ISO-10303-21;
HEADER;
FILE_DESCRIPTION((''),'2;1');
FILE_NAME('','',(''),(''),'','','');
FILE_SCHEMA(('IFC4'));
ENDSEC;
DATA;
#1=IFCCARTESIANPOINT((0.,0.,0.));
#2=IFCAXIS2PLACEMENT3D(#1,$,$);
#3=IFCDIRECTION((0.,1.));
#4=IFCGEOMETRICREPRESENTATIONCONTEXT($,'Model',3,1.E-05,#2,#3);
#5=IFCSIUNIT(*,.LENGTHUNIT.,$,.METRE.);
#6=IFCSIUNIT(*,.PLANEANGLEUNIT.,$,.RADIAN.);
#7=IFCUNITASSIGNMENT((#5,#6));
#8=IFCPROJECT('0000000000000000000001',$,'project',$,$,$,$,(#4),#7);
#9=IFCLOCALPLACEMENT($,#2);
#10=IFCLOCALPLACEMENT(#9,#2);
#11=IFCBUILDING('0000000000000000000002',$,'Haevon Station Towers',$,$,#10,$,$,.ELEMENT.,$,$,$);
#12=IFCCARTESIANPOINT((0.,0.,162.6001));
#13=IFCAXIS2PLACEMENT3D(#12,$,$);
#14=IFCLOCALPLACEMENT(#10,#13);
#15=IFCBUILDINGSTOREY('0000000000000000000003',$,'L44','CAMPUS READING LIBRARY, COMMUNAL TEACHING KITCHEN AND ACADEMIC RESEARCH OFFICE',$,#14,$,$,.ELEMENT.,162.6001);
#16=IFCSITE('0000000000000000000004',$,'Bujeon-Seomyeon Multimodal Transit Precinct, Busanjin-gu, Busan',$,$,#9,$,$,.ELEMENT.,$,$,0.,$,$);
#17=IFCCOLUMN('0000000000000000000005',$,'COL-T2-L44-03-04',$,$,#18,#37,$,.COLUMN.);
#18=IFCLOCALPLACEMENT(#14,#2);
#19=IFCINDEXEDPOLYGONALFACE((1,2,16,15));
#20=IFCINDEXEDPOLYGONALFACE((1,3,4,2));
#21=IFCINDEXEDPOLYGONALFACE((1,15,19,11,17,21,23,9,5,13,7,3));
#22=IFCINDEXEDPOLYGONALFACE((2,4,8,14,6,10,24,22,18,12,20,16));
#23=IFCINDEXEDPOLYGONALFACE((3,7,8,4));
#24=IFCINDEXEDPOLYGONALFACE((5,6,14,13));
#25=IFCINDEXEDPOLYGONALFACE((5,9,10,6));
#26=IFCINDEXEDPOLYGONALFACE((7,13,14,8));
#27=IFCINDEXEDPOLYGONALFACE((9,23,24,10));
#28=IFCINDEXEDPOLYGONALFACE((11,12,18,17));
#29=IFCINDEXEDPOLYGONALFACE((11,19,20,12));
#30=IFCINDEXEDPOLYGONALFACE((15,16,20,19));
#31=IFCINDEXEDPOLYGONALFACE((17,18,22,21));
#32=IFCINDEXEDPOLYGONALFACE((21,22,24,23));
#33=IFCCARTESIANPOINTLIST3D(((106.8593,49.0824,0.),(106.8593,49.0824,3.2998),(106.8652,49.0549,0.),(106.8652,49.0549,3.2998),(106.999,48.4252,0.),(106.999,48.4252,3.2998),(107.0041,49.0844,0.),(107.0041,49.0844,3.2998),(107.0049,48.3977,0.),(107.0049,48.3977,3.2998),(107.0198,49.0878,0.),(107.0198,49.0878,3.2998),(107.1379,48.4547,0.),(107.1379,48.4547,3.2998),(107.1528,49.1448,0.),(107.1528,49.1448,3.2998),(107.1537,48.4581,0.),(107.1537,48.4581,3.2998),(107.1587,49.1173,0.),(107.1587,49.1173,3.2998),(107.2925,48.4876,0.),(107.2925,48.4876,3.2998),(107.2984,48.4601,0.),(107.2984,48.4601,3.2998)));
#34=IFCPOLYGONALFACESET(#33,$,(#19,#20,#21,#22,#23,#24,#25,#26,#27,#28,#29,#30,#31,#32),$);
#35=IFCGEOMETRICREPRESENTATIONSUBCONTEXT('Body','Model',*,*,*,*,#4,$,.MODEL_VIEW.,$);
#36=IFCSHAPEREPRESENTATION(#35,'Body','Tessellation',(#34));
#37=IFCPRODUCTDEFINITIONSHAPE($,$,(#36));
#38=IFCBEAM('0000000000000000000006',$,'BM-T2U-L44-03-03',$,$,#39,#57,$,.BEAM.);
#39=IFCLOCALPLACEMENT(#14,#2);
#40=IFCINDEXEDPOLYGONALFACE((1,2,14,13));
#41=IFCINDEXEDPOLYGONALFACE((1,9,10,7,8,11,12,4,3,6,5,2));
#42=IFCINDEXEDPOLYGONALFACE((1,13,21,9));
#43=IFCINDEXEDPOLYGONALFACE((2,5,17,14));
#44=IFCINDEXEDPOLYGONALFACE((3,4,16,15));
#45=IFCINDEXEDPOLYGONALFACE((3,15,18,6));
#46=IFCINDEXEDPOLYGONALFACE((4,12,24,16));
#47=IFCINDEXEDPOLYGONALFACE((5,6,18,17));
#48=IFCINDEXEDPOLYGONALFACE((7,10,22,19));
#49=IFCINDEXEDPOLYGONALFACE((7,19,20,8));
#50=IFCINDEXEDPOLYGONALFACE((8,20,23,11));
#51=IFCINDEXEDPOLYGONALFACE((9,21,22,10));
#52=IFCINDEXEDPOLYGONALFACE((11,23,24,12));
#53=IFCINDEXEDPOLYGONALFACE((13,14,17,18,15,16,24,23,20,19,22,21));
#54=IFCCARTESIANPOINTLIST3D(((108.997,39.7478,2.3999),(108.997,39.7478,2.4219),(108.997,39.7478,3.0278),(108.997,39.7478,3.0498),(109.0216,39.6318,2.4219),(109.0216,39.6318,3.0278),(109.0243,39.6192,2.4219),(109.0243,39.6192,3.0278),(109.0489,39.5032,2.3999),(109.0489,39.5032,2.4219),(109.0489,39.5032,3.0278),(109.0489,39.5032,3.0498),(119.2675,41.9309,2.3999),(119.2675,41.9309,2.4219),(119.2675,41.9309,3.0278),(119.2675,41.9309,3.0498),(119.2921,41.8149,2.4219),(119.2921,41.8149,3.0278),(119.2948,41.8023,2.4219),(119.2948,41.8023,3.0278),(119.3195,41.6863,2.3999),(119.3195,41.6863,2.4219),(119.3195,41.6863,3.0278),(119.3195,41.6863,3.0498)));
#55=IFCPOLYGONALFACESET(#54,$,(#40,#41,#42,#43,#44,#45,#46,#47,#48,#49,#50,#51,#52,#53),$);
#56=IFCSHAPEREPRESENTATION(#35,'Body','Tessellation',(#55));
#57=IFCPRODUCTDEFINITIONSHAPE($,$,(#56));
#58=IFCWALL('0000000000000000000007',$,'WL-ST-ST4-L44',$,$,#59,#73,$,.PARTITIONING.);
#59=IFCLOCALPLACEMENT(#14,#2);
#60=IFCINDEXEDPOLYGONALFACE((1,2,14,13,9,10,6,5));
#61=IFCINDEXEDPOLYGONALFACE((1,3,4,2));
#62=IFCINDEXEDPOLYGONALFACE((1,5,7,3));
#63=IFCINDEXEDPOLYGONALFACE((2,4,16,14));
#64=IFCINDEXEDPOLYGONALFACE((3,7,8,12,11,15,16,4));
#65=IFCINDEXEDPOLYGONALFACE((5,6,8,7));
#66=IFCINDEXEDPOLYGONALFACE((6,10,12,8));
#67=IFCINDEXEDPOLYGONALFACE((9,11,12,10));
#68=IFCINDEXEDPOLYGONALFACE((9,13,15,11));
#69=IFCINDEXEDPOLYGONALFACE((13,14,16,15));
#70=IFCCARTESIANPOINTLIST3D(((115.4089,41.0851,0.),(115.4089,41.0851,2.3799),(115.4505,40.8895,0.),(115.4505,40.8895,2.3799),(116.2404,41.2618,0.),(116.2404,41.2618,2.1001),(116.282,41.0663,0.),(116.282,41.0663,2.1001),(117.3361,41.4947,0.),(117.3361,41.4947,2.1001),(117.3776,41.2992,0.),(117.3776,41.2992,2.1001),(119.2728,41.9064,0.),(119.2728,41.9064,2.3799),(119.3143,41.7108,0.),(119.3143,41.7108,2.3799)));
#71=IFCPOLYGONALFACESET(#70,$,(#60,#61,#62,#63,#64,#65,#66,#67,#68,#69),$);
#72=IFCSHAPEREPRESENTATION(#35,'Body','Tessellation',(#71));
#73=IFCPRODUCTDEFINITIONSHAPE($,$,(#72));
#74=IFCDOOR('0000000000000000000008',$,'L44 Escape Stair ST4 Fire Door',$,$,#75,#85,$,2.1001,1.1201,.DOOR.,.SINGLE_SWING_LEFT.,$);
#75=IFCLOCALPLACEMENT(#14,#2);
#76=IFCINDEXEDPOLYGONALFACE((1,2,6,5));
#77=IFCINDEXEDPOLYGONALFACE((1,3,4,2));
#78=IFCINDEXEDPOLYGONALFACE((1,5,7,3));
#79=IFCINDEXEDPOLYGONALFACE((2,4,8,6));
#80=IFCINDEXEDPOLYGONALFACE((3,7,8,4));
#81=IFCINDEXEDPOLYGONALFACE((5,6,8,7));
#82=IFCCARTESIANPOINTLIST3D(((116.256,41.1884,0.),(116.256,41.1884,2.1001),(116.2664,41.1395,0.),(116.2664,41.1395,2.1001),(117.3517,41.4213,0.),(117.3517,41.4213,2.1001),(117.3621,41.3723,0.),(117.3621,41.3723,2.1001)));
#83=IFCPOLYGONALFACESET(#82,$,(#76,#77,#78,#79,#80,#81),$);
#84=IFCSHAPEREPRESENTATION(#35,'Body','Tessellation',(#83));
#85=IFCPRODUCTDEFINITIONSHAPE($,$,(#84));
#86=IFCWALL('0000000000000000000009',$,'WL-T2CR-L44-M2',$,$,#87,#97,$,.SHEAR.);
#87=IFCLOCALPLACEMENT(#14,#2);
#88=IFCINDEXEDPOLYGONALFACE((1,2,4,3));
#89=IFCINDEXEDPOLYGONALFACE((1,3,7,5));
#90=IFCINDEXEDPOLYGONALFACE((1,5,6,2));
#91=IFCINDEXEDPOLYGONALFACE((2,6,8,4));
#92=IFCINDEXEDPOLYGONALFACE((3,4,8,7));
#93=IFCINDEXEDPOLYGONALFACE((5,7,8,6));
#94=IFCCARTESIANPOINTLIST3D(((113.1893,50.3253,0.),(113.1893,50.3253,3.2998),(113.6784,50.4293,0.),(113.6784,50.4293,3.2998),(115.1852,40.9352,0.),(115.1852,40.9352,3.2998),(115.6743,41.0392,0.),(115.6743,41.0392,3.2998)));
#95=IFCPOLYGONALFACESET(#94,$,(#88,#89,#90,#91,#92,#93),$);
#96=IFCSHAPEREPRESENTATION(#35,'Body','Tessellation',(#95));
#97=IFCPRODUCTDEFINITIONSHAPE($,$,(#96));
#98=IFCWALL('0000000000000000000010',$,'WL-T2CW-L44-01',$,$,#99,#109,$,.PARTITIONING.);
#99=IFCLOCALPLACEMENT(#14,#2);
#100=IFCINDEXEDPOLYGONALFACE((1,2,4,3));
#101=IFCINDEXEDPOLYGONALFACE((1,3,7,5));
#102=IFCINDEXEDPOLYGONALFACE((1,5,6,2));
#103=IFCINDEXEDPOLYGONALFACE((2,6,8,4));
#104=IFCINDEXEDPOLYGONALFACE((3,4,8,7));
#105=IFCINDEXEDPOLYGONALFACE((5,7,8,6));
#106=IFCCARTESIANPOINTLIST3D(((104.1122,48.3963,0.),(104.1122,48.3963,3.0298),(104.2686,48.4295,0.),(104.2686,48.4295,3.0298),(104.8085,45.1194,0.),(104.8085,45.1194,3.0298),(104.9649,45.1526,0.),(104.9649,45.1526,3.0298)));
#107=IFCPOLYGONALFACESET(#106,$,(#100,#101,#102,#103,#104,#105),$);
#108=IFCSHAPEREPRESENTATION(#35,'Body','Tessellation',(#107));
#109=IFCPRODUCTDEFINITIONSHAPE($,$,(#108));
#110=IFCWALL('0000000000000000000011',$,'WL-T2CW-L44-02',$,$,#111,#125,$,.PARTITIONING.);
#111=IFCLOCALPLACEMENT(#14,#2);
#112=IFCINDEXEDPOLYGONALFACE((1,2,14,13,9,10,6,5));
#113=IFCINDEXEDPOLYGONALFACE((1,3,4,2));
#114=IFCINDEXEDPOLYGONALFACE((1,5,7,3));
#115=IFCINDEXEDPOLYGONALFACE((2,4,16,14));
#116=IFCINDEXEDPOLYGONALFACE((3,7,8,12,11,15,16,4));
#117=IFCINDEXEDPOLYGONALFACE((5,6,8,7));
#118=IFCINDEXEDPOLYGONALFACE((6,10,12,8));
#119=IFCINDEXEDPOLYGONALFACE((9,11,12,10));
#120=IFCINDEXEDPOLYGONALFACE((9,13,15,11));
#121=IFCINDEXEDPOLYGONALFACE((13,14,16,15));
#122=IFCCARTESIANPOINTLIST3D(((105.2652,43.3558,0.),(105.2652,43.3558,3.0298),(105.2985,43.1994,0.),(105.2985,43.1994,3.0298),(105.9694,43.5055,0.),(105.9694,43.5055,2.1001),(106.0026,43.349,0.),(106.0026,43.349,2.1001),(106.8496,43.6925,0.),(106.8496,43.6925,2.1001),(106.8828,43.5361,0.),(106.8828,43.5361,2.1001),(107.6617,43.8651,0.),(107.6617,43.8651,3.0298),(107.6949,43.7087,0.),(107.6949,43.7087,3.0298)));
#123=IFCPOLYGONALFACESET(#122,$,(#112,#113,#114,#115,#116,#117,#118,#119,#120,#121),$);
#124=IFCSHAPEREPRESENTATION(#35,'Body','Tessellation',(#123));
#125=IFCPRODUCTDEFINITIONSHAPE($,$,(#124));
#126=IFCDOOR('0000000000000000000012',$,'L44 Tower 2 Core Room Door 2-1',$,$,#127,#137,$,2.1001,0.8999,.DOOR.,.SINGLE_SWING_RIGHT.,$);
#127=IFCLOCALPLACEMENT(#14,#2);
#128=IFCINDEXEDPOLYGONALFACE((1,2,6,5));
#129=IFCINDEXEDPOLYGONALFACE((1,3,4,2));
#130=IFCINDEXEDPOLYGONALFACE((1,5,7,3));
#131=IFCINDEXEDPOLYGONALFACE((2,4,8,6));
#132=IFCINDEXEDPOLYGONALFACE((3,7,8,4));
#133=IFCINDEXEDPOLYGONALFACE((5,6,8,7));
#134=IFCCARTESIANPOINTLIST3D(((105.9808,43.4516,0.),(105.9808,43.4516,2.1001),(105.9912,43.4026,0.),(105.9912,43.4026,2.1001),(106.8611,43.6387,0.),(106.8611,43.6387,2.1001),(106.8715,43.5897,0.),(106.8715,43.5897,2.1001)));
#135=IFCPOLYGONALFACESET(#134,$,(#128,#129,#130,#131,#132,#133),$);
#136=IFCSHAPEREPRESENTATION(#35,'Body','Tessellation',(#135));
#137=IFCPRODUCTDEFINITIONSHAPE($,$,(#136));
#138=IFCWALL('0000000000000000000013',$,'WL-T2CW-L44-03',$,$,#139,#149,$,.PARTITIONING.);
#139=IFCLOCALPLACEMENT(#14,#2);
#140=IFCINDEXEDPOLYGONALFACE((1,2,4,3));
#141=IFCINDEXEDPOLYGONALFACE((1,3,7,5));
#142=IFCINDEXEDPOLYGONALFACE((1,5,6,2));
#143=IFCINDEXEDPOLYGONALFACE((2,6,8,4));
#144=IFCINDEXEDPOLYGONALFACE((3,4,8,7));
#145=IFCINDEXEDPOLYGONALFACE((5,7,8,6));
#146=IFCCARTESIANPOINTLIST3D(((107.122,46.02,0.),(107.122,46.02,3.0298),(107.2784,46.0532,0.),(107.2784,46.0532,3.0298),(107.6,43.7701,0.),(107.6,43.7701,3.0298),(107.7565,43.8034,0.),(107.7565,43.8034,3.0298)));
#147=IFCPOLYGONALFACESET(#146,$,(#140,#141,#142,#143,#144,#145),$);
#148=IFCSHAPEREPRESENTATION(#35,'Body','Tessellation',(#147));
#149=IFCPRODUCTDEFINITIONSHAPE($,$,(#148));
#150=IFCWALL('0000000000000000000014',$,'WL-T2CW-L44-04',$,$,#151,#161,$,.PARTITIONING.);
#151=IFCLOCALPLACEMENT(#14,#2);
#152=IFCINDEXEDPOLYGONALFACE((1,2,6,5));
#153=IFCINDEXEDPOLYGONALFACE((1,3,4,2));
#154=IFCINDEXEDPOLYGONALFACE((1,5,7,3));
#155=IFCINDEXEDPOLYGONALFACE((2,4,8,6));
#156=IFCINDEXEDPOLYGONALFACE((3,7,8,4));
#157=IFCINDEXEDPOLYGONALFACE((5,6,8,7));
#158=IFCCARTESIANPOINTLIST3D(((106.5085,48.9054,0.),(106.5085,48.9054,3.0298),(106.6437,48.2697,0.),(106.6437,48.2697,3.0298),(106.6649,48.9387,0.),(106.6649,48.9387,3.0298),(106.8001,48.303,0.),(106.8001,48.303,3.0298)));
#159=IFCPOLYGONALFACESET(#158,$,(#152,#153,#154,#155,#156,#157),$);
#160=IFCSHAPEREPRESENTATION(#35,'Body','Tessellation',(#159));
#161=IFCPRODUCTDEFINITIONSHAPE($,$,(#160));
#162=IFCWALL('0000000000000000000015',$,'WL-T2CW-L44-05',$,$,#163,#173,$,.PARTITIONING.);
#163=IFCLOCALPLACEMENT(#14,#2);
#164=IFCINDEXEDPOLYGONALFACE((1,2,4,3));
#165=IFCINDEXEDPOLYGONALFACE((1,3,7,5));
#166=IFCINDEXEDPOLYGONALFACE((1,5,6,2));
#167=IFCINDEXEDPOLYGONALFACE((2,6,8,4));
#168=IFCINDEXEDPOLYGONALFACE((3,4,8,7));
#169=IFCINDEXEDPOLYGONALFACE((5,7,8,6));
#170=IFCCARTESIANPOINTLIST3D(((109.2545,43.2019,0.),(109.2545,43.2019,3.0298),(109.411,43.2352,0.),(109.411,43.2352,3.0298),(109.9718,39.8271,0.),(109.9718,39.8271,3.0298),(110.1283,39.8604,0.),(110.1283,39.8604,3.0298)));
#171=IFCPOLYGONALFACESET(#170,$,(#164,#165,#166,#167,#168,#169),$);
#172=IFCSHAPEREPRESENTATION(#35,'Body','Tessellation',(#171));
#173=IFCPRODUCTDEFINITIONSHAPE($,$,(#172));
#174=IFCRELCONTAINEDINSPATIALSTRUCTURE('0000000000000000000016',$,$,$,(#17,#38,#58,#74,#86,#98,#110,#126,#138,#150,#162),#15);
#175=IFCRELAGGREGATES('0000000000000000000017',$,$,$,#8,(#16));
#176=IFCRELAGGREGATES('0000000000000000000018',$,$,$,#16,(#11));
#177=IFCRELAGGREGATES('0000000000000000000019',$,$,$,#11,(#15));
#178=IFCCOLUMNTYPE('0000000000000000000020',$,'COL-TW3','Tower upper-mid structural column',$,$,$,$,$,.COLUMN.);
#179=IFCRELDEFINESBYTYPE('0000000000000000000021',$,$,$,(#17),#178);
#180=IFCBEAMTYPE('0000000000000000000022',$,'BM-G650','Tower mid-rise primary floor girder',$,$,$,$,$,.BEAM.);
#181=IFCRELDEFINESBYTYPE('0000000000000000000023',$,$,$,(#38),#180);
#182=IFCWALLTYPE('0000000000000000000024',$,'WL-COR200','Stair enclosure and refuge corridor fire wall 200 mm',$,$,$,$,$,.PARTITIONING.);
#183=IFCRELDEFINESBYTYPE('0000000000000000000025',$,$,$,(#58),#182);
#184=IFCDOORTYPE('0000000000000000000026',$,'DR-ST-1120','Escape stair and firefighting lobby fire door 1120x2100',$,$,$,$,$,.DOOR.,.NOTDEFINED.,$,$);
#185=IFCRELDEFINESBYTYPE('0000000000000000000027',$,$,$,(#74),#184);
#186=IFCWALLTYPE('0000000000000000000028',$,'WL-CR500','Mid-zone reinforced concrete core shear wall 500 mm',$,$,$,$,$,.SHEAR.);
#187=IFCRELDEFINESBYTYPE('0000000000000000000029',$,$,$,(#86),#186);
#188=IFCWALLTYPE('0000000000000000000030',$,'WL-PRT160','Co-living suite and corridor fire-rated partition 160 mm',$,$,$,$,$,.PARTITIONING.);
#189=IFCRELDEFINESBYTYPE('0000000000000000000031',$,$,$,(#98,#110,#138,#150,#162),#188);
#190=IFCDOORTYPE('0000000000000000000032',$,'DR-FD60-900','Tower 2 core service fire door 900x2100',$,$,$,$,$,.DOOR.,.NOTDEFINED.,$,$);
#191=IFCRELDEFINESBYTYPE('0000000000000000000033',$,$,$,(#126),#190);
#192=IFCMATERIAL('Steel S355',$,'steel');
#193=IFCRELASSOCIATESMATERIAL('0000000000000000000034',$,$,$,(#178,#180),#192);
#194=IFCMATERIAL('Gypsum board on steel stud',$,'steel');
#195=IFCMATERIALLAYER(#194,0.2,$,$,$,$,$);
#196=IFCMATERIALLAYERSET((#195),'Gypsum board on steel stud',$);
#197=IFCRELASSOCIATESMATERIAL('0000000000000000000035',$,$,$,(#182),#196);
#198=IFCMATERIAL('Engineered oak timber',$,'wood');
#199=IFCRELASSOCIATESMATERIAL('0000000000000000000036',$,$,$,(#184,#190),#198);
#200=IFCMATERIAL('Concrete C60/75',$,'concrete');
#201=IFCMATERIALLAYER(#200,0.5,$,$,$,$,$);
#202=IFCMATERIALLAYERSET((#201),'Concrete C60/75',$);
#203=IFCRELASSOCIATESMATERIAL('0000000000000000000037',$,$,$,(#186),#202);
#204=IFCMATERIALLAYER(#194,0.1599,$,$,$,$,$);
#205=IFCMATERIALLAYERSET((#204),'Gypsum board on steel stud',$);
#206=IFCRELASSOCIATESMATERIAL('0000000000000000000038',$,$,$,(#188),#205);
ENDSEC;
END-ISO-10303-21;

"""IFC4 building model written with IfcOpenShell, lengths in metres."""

from ifc_helpers import new_model, si_unit, direction, frame, frame_2d, origin, origin_2d, place, context, subcontext, project, spatial, rectangle, i_section, extrude, material, layer, layer_set, material_profile, profile_set, type_object, element, fill, save


model = new_model("IFC4")

# Units and contexts
model_context = context("Model", 3, precision=1e-05, world=origin(), true_north=direction((0.0, 1.0)))
body_context = subcontext(model_context, "Body", "Model", "MODEL_VIEW")
ifc_project = project(units=[si_unit("LENGTHUNIT", "METRE"), si_unit("PLANEANGLEUNIT", "RADIAN")], contexts=[model_context])

# Site, building, storey
site_placement = place(None, origin())
site = spatial("IfcSite", under=ifc_project, at=site_placement, Name="Bujeon-Seomyeon Multimodal Transit Precinct, Busanjin-gu, Busan", CompositionType="ELEMENT", RefElevation=0.0)
building_placement = place(site_placement, origin())
building = spatial("IfcBuilding", under=site, at=building_placement, Name="Haevon Station Towers", CompositionType="ELEMENT")
storey_placement = place(building_placement, frame((0.0, 0.0, 162.6001)))
storey = spatial("IfcBuildingStorey", under=building, at=storey_placement, Name="L44", Description="CAMPUS READING LIBRARY, COMMUNAL TEACHING KITCHEN AND ACADEMIC RESEARCH OFFICE", CompositionType="ELEMENT", Elevation=162.6001)

# Column
ifc_material_1 = material(Name="Steel S355", Category="steel")
ifc_material_profile_1 = material_profile(ifc_material_1, i_section(OverallWidth=0.3, OverallDepth=0.7, WebThickness=0.0161, FlangeThickness=0.0281, at=origin_2d()), Name="H-700x300x16x28")
ifc_profile_set_1 = profile_set([ifc_material_profile_1], Name="Steel S355")
column_type = type_object("IfcColumnType", Name="COL-TW3", Description="Tower upper-mid structural column", PredefinedType="COLUMN", material=ifc_profile_set_1)
column_placement = place(storey_placement, frame((107.0789, 48.7712, 0.0), z_axis=(0.0, 0.0, 1.0), x_axis=(0.978148, 0.207912, 0.0)))
element("IfcColumn", 1, at=column_placement, inside=storey, type_object=column_type, Name="COL-T2-L44-03-04", PredefinedType="COLUMN", context=body_context, shape_type="SweptSolid", body=[
    extrude(i_section(OverallWidth=0.3, OverallDepth=0.7, WebThickness=0.0161, FlangeThickness=0.0281, at=origin_2d()), origin(), (0.0, 0.0, 1.0), 3.2998),
])

# Beam
ifc_material_profile_2 = material_profile(ifc_material_1, i_section(OverallWidth=0.25, OverallDepth=0.6499, WebThickness=0.0129, FlangeThickness=0.022, at=origin_2d()), Name="H-650x250x13x22")
ifc_profile_set_2 = profile_set([ifc_material_profile_2], Name="Steel S355")
beam_type = type_object("IfcBeamType", Name="BM-G650", Description="Tower mid-rise primary floor girder", PredefinedType="BEAM", material=ifc_profile_set_2)
beam_placement = place(storey_placement, frame((109.0229, 39.6255, 2.7249), z_axis=(0.978147, 0.207915, 0.0), x_axis=(-0.207915, 0.978147, 0.0)))
element("IfcBeam", 2, at=beam_placement, inside=storey, type_object=beam_type, Name="BM-T2U-L44-03-03", PredefinedType="BEAM", context=body_context, shape_type="SweptSolid", body=[
    extrude(i_section(OverallWidth=0.25, OverallDepth=0.6499, WebThickness=0.0129, FlangeThickness=0.022, at=origin_2d()), origin(), (0.0, 0.0, 1.0), 10.5),
])

# Wall, opening, door
ifc_material_2 = material(Name="Gypsum board on steel stud", Category="steel")
ifc_layer_1 = layer(ifc_material_2, 0.2)
ifc_layer_set_1 = layer_set([ifc_layer_1], Name="Gypsum board on steel stud")
wall_type_1 = type_object("IfcWallType", Name="WL-COR200", Description="Stair enclosure and refuge corridor fire wall 200 mm", PredefinedType="PARTITIONING", material=ifc_layer_set_1)
wall_1_placement = place(storey_placement, frame((115.4297, 40.9873, 0.0), z_axis=(0.0, 0.0, 1.0), x_axis=(0.978147, 0.207916, 0.0)))
wall_1 = element("IfcWall", 3, at=wall_1_placement, inside=storey, type_object=wall_type_1, Name="WL-ST-ST4-L44", PredefinedType="PARTITIONING", context=body_context, shape_type="SweptSolid", body=[
    extrude(rectangle(XDim=3.9502, YDim=0.2, at=frame_2d((1.9751, 0.0))), origin(), (0.0, 0.0, 1.0), 2.3799),
])
opening_1_placement = place(wall_1_placement, frame((0.8501, 0.0, 0.0)))
opening_1 = element("IfcOpeningElement", 4, at=opening_1_placement, cuts=wall_1, PredefinedType="OPENING", context=body_context, shape_type="SweptSolid", body=[
    extrude(rectangle(XDim=1.1201, YDim=2.1001, at=frame_2d((0.5601, 1.05))), frame((0.0, 0.1099, 0.0), z_axis=(0.0, -1.0, 0.0), x_axis=(1.0, 0.0, 0.0)), (0.0, 0.0, 1.0), 0.22),
])
ifc_material_3 = material(Name="Engineered oak timber", Category="wood")
door_type_1 = type_object("IfcDoorType", Name="DR-ST-1120", Description="Escape stair and firefighting lobby fire door 1120x2100", OperationType="NOTDEFINED", PredefinedType="DOOR", material=ifc_material_3)
door_1_placement = place(opening_1_placement, origin())
door_1 = element("IfcDoor", 5, at=door_1_placement, inside=storey, type_object=door_type_1, Name="L44 Escape Stair ST4 Fire Door", OperationType="SINGLE_SWING_LEFT", OverallHeight=2.1001, OverallWidth=1.1201, PredefinedType="DOOR", context=body_context, shape_type="SweptSolid", body=[
    extrude(rectangle(XDim=1.1201, YDim=2.1001, at=frame_2d((0.5601, 1.05))), frame((0.0, 0.0249, 0.0), z_axis=(0.0, -1.0, 0.0), x_axis=(1.0, 0.0, 0.0)), (0.0, 0.0, 1.0), 0.05),
])
fill(opening_1, door_1)

# Walls
ifc_material_4 = material(Name="Concrete C60/75", Category="concrete")
ifc_layer_2 = layer(ifc_material_4, 0.5)
ifc_layer_set_2 = layer_set([ifc_layer_2], Name="Concrete C60/75")
wall_type_2 = type_object("IfcWallType", Name="WL-CR500", Description="Mid-zone reinforced concrete core shear wall 500 mm", PredefinedType="SHEAR", material=ifc_layer_set_2)
wall_2_placement = place(storey_placement, frame((115.4297, 40.9873, 0.0), z_axis=(0.0, 0.0, 1.0), x_axis=(-0.207903, 0.978149, 0.0)))
element("IfcWall", 6, at=wall_2_placement, inside=storey, type_object=wall_type_2, Name="WL-T2CR-L44-M2", PredefinedType="SHEAR", context=body_context, shape_type="SweptSolid", body=[
    extrude(rectangle(XDim=9.5999, YDim=0.5, at=frame_2d((4.7998, 0.0))), origin(), (0.0, 0.0, 1.0), 3.2998),
])
ifc_layer_3 = layer(ifc_material_2, 0.1599)
ifc_layer_set_3 = layer_set([ifc_layer_3], Name="Gypsum board on steel stud")
wall_type_3 = type_object("IfcWallType", Name="WL-PRT160", Description="Co-living suite and corridor fire-rated partition 160 mm", PredefinedType="PARTITIONING", material=ifc_layer_set_3)
wall_3_placement = place(storey_placement, frame((104.8867, 45.136, 0.0), z_axis=(0.0, 0.0, 1.0), x_axis=(-0.207847, 0.978161, 0.0)))
element("IfcWall", 7, at=wall_3_placement, inside=storey, type_object=wall_type_3, Name="WL-T2CW-L44-01", PredefinedType="PARTITIONING", context=body_context, shape_type="SweptSolid", body=[
    extrude(rectangle(XDim=3.3501, YDim=0.1599, at=frame_2d((1.675, 0.0))), origin(), (0.0, 0.0, 1.0), 3.0298),
])

# Wall, opening, door
wall_4_placement = place(storey_placement, frame((105.2817, 43.2776, 0.0), z_axis=(0.0, 0.0, 1.0), x_axis=(0.978157, 0.207868, 0.0)))
wall_4 = element("IfcWall", 8, at=wall_4_placement, inside=storey, type_object=wall_type_3, Name="WL-T2CW-L44-02", PredefinedType="PARTITIONING", context=body_context, shape_type="SweptSolid", body=[
    extrude(rectangle(XDim=2.45, YDim=0.1599, at=frame_2d((1.2251, 0.0))), origin(), (0.0, 0.0, 1.0), 3.0298),
])
opening_2_placement = place(wall_4_placement, frame((0.72, 0.0, 0.0)))
opening_2 = element("IfcOpeningElement", 9, at=opening_2_placement, cuts=wall_4, PredefinedType="OPENING", context=body_context, shape_type="SweptSolid", body=[
    extrude(rectangle(XDim=0.8999, YDim=2.1001, at=frame_2d((0.45, 1.05))), frame((0.0, 0.0898, 0.0), z_axis=(0.0, -1.0, 0.0), x_axis=(1.0, 0.0, 0.0)), (0.0, 0.0, 1.0), 0.1799),
])
door_type_2 = type_object("IfcDoorType", Name="DR-FD60-900", Description="Tower 2 core service fire door 900x2100", OperationType="NOTDEFINED", PredefinedType="DOOR", material=ifc_material_3)
door_2_placement = place(opening_2_placement, origin())
door_2 = element("IfcDoor", 10, at=door_2_placement, inside=storey, type_object=door_type_2, Name="L44 Tower 2 Core Room Door 2-1", OperationType="SINGLE_SWING_RIGHT", OverallHeight=2.1001, OverallWidth=0.8999, PredefinedType="DOOR", context=body_context, shape_type="SweptSolid", body=[
    extrude(rectangle(XDim=0.8999, YDim=2.1001, at=frame_2d((0.45, 1.05))), frame((0.0, 0.0249, 0.0), z_axis=(0.0, -1.0, 0.0), x_axis=(1.0, 0.0, 0.0)), (0.0, 0.0, 1.0), 0.05),
])
fill(opening_2, door_2)

# Walls
wall_5_placement = place(storey_placement, frame((107.6782, 43.7869, 0.0), z_axis=(0.0, 0.0, 1.0), x_axis=(-0.20784, 0.978163, 0.0)))
element("IfcWall", 11, at=wall_5_placement, inside=storey, type_object=wall_type_3, Name="WL-T2CW-L44-03", PredefinedType="PARTITIONING", context=body_context, shape_type="SweptSolid", body=[
    extrude(rectangle(XDim=2.3, YDim=0.1599, at=frame_2d((1.1499, 0.0))), origin(), (0.0, 0.0, 1.0), 3.0298),
])
wall_6_placement = place(storey_placement, frame((106.7219, 48.2864, 0.0), z_axis=(0.0, 0.0, 1.0), x_axis=(-0.208092, 0.978109, 0.0)))
element("IfcWall", 12, at=wall_6_placement, inside=storey, type_object=wall_type_3, Name="WL-T2CW-L44-04", PredefinedType="PARTITIONING", context=body_context, shape_type="SweptSolid", body=[
    extrude(rectangle(XDim=0.6499, YDim=0.1599, at=frame_2d((0.325, 0.0))), origin(), (0.0, 0.0, 1.0), 3.0298),
])
for number, where, z_axis, x_axis, name in (
    (13, (110.05, 39.8438, 0.0), (0.0, 0.0, 1.0), (-0.2079, 0.97815, 0.0), "WL-T2CW-L44-05"),
):
    element("IfcWall", number, at=place(storey_placement, frame(where, z_axis=z_axis, x_axis=x_axis)), inside=storey, type_object=wall_type_3, Name=name, PredefinedType="PARTITIONING", context=body_context, shape_type="SweptSolid", body=[
        extrude(rectangle(XDim=3.4502, YDim=0.1599, at=frame_2d((1.7251, 0.0))), origin(), (0.0, 0.0, 1.0), 3.0298),
    ])

save(model, "model.ifc")
